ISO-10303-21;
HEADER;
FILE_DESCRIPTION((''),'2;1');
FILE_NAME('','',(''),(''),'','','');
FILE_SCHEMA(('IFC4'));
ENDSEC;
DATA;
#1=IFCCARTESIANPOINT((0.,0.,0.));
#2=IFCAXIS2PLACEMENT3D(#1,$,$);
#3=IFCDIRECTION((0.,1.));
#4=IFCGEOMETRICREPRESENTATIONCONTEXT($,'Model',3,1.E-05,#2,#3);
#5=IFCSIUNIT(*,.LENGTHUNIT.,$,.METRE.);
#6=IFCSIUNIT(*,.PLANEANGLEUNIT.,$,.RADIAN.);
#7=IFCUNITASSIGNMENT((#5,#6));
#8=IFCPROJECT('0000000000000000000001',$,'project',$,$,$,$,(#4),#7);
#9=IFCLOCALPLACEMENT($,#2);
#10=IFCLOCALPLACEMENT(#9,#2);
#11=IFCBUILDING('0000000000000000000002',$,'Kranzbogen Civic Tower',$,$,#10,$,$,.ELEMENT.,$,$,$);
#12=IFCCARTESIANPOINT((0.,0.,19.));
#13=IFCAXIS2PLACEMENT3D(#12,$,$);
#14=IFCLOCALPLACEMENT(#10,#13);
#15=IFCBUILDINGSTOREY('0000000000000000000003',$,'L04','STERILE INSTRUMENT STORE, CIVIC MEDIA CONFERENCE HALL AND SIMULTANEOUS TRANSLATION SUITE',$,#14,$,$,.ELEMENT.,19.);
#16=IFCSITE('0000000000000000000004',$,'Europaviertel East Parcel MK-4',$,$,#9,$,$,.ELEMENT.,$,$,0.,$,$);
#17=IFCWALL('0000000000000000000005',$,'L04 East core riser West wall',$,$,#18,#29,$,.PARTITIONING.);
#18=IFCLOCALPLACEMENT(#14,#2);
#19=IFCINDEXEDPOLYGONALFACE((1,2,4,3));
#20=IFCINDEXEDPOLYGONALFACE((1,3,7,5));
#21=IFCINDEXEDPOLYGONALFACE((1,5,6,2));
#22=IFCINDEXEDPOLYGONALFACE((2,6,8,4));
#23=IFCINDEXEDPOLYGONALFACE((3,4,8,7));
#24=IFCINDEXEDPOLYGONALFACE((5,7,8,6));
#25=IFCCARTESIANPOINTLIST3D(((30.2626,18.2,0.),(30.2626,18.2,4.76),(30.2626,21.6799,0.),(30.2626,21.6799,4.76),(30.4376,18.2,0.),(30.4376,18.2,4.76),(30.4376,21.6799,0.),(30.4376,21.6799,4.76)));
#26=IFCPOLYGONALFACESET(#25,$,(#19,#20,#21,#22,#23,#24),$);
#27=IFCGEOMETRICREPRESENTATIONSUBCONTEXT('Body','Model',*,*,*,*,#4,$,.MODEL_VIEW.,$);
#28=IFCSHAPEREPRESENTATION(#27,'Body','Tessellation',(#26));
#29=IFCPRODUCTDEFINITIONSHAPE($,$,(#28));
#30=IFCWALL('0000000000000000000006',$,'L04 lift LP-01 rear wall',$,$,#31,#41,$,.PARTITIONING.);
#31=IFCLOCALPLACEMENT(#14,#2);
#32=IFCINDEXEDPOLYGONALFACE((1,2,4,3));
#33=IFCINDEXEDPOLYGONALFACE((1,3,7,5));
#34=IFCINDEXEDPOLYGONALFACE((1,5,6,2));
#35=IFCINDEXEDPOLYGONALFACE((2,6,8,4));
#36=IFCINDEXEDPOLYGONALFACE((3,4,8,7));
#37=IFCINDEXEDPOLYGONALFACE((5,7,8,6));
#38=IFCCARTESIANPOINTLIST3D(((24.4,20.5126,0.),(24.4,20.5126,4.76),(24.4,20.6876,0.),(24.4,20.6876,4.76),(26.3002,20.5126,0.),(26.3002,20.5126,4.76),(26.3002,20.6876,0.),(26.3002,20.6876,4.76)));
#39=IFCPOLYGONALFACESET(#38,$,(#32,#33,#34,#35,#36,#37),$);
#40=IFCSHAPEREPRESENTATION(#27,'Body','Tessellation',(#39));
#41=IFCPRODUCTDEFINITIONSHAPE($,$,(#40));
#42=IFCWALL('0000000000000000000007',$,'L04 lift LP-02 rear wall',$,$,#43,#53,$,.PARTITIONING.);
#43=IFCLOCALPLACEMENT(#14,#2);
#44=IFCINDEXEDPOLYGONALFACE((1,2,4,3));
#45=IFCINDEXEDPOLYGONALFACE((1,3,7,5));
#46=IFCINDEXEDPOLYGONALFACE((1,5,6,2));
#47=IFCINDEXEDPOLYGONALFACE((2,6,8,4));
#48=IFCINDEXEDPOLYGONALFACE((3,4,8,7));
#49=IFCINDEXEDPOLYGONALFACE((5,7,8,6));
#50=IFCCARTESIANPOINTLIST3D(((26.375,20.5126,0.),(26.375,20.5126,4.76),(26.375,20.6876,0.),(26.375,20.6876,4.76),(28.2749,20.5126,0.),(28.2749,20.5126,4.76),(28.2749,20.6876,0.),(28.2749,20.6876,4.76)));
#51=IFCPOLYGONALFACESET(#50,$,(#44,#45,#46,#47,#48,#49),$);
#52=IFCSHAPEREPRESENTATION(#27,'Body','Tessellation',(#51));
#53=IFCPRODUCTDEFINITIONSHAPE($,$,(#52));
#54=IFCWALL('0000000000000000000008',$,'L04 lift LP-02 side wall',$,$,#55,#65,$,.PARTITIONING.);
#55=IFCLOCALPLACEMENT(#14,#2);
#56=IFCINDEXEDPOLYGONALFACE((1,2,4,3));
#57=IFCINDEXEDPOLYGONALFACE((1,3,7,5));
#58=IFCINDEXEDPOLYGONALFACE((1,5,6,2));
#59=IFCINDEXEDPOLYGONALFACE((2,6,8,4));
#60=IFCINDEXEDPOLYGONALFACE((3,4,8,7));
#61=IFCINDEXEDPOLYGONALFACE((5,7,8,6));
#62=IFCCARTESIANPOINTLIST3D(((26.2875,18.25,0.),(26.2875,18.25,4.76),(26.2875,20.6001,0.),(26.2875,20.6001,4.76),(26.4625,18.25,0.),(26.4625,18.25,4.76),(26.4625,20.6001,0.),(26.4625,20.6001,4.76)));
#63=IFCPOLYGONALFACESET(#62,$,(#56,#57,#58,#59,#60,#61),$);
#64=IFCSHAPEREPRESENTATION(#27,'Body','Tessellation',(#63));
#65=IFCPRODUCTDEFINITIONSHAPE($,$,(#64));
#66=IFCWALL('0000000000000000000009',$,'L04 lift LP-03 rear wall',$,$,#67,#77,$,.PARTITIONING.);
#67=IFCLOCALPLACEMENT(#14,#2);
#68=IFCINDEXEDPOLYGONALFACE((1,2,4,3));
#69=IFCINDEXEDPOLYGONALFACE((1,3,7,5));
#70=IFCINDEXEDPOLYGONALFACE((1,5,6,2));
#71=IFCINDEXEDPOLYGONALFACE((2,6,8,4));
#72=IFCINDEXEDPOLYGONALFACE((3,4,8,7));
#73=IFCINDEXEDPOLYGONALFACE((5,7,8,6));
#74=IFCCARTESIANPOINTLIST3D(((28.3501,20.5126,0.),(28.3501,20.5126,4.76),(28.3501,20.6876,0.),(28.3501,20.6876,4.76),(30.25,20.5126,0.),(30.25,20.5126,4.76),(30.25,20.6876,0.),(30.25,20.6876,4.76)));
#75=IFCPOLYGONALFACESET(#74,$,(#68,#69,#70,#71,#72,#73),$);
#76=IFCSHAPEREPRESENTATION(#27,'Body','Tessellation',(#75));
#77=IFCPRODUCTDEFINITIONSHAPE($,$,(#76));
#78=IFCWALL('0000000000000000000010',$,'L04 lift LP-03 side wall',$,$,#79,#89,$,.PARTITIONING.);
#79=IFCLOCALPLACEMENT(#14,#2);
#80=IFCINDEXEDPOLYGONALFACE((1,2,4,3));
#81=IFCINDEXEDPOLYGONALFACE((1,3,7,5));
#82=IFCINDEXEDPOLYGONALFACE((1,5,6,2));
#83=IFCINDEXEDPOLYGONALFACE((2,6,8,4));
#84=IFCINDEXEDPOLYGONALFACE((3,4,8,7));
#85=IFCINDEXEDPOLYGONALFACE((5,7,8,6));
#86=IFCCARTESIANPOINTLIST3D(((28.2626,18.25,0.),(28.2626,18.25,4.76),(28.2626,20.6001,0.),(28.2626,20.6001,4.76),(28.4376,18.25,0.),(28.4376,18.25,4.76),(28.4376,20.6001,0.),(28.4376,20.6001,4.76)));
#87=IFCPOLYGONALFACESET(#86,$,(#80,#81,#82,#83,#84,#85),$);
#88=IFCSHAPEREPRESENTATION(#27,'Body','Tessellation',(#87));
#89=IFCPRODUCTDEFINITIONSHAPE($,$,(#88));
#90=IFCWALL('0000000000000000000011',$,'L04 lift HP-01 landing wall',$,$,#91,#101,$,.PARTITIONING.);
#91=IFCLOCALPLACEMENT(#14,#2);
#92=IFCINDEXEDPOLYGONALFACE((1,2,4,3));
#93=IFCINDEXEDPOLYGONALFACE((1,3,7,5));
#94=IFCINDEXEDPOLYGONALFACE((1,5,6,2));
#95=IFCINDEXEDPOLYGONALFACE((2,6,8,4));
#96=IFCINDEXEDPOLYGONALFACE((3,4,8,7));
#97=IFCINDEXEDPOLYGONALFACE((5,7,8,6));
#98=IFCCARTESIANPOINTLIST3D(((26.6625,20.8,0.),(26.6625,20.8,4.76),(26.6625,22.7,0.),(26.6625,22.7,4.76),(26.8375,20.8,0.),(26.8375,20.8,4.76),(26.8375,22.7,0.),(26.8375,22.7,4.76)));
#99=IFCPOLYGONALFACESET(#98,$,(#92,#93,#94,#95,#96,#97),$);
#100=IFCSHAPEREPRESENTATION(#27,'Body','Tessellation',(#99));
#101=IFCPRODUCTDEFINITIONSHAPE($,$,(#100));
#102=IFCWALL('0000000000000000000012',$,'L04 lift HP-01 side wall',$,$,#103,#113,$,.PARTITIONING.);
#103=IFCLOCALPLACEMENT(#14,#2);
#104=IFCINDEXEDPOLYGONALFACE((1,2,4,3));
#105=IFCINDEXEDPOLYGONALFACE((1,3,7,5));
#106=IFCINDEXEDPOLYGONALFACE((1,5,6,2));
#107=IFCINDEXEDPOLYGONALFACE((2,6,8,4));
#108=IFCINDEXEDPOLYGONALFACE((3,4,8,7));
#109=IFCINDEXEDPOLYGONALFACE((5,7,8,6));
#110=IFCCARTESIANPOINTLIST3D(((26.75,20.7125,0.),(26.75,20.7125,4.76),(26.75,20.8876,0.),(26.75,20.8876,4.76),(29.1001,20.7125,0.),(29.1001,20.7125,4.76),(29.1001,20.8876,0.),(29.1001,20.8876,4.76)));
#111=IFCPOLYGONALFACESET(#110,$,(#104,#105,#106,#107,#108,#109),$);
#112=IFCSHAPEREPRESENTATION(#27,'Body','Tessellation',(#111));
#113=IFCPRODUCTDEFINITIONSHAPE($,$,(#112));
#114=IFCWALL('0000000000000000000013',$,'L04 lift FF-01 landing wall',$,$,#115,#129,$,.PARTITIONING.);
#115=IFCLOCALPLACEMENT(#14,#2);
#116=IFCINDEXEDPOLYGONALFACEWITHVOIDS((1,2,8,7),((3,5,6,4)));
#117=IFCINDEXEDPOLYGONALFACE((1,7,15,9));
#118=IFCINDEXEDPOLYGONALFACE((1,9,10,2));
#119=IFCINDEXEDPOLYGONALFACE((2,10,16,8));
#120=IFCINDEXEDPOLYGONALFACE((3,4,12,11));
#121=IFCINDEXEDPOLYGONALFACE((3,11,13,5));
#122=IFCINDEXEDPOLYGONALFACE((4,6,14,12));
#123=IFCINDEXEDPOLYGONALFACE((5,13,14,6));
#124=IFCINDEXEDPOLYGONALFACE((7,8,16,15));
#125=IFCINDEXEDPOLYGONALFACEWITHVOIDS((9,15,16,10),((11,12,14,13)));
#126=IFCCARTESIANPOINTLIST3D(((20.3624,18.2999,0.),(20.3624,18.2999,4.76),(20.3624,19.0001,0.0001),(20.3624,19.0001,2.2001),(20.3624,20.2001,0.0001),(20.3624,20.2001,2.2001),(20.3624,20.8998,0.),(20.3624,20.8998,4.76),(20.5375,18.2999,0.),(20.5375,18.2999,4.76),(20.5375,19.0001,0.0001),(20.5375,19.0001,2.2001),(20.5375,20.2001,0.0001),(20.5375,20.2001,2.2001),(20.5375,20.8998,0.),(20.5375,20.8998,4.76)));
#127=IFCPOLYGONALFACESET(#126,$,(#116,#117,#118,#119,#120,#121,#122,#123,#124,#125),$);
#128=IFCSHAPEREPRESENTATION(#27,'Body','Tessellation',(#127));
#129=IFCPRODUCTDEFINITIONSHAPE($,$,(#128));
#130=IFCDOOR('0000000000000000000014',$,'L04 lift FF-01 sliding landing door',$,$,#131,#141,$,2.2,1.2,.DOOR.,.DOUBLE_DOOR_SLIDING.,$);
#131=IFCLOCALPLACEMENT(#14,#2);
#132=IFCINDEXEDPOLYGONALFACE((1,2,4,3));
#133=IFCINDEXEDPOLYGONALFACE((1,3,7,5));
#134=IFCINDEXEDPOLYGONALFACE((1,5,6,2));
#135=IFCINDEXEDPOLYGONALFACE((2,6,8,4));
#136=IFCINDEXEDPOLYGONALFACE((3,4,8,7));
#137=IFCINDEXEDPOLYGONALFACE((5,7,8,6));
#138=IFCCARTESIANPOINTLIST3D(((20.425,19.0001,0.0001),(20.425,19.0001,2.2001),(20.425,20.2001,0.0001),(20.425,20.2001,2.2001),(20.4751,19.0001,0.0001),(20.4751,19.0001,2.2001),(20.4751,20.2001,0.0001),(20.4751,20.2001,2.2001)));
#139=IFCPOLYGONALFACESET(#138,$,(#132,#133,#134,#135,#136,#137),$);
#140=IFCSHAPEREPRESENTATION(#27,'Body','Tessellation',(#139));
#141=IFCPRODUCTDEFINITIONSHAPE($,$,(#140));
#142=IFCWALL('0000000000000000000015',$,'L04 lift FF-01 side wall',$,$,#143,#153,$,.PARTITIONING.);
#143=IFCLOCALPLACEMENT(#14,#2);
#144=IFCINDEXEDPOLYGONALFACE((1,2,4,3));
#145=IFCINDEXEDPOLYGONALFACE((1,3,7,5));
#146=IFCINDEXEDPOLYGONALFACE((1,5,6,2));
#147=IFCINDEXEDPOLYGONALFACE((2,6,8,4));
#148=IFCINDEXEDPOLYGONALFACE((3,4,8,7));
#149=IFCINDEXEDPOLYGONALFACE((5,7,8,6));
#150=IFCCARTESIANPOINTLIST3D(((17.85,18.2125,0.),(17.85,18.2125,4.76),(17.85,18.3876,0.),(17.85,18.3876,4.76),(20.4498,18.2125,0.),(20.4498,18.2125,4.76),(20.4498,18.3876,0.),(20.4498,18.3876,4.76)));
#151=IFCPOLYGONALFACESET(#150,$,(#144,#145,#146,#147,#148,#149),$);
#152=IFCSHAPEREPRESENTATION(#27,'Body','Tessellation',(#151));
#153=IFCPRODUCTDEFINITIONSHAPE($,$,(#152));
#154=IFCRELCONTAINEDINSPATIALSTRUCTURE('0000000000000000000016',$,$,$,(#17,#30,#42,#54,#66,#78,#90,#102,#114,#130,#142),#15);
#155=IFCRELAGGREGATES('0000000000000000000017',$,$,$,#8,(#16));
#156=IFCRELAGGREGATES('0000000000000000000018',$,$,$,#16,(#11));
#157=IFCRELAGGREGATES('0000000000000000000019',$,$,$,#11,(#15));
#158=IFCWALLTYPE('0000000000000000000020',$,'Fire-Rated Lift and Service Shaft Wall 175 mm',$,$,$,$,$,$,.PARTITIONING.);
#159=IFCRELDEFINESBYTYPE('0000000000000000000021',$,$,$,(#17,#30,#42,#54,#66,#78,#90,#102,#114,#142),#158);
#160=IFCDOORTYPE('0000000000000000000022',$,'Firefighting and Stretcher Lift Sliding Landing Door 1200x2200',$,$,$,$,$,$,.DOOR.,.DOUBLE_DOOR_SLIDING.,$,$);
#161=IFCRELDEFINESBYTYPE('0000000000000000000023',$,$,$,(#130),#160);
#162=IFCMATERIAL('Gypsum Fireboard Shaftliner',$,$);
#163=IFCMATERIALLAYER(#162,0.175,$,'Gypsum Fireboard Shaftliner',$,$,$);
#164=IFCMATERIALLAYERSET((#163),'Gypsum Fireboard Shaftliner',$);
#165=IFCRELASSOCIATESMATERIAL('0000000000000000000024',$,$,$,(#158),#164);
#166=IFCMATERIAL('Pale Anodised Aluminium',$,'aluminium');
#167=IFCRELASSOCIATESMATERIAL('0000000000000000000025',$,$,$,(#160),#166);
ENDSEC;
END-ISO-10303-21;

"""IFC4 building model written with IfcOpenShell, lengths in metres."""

from ifc_helpers import new_model, si_unit, direction, frame, frame_2d, origin, place, context, subcontext, project, spatial, rectangle, extrude, material, layer, layer_set, type_object, element, fill, save


model = new_model("IFC4")

# Units and contexts
model_context = context("Model", 3, precision=1e-05, world=origin(), true_north=direction((0.0, 1.0)))
body_context = subcontext(model_context, "Body", "Model", "MODEL_VIEW")
ifc_project = project(units=[si_unit("LENGTHUNIT", "METRE"), si_unit("PLANEANGLEUNIT", "RADIAN")], contexts=[model_context])

# Site, building, storey
site_placement = place(None, origin())
site = spatial("IfcSite", under=ifc_project, at=site_placement, Name="Europaviertel East Parcel MK-4", CompositionType="ELEMENT", RefElevation=0.0)
building_placement = place(site_placement, origin())
building = spatial("IfcBuilding", under=site, at=building_placement, Name="Kranzbogen Civic Tower", CompositionType="ELEMENT")
storey_placement = place(building_placement, frame((0.0, 0.0, 19.0)))
storey = spatial("IfcBuildingStorey", under=building, at=storey_placement, Name="L04", Description="STERILE INSTRUMENT STORE, CIVIC MEDIA CONFERENCE HALL AND SIMULTANEOUS TRANSLATION SUITE", CompositionType="ELEMENT", Elevation=19.0)

# Walls
ifc_material_1 = material(Name="Gypsum Fireboard Shaftliner")
ifc_layer_1 = layer(ifc_material_1, 0.175, Name="Gypsum Fireboard Shaftliner")
ifc_layer_set_1 = layer_set([ifc_layer_1], Name="Gypsum Fireboard Shaftliner")
wall_type_1 = type_object("IfcWallType", Name="Fire-Rated Lift and Service Shaft Wall 175 mm", PredefinedType="PARTITIONING", material=ifc_layer_set_1)
wall_1_placement = place(storey_placement, frame((30.3501, 18.2, 0.0), z_axis=(0.0, 0.0, 1.0), x_axis=(0.0, 1.0, 0.0)))
element("IfcWall", 1, at=wall_1_placement, inside=storey, type_object=wall_type_1, Name="L04 East core riser West wall", PredefinedType="PARTITIONING", context=body_context, shape_type="SweptSolid", body=[
    extrude(rectangle(XDim=3.48, YDim=0.175, at=frame_2d((1.74, 0.0))), origin(), (0.0, 0.0, 1.0), 4.76),
])
wall_2_placement = place(storey_placement, frame((24.3999, 20.6001, 0.0), z_axis=(0.0, 0.0, 1.0), x_axis=(1.0, 0.0, 0.0)))
element("IfcWall", 2, at=wall_2_placement, inside=storey, type_object=wall_type_1, Name="L04 lift LP-01 rear wall", PredefinedType="PARTITIONING", context=body_context, shape_type="SweptSolid", body=[
    extrude(rectangle(XDim=1.9001, YDim=0.175, at=frame_2d((0.9502, 0.0))), origin(), (0.0, 0.0, 1.0), 4.76),
])
wall_3_placement = place(storey_placement, frame((26.375, 20.6001, 0.0), z_axis=(0.0, 0.0, 1.0), x_axis=(1.0, 0.0, 0.0)))
element("IfcWall", 3, at=wall_3_placement, inside=storey, type_object=wall_type_1, Name="L04 lift LP-02 rear wall", PredefinedType="PARTITIONING", context=body_context, shape_type="SweptSolid", body=[
    extrude(rectangle(XDim=1.8999, YDim=0.175, at=frame_2d((0.95, 0.0))), origin(), (0.0, 0.0, 1.0), 4.76),
])
wall_4_placement = place(storey_placement, frame((26.375, 18.25, 0.0), z_axis=(0.0, 0.0, 1.0), x_axis=(0.0, 1.0, 0.0)))
element("IfcWall", 4, at=wall_4_placement, inside=storey, type_object=wall_type_1, Name="L04 lift LP-02 side wall", PredefinedType="PARTITIONING", context=body_context, shape_type="SweptSolid", body=[
    extrude(rectangle(XDim=2.3501, YDim=0.175, at=frame_2d((1.175, 0.0))), origin(), (0.0, 0.0, 1.0), 4.76),
])
wall_5_placement = place(storey_placement, frame((28.3501, 20.6001, 0.0), z_axis=(0.0, 0.0, 1.0), x_axis=(1.0, 0.0, 0.0)))
element("IfcWall", 5, at=wall_5_placement, inside=storey, type_object=wall_type_1, Name="L04 lift LP-03 rear wall", PredefinedType="PARTITIONING", context=body_context, shape_type="SweptSolid", body=[
    extrude(rectangle(XDim=1.8999, YDim=0.175, at=frame_2d((0.95, 0.0))), origin(), (0.0, 0.0, 1.0), 4.76),
])
wall_6_placement = place(storey_placement, frame((28.3501, 18.25, 0.0), z_axis=(0.0, 0.0, 1.0), x_axis=(0.0, 1.0, 0.0)))
element("IfcWall", 6, at=wall_6_placement, inside=storey, type_object=wall_type_1, Name="L04 lift LP-03 side wall", PredefinedType="PARTITIONING", context=body_context, shape_type="SweptSolid", body=[
    extrude(rectangle(XDim=2.3501, YDim=0.175, at=frame_2d((1.175, 0.0))), origin(), (0.0, 0.0, 1.0), 4.76),
])
wall_7_placement = place(storey_placement, frame((26.75, 20.8, 0.0), z_axis=(0.0, 0.0, 1.0), x_axis=(0.0, 1.0, 0.0)))
element("IfcWall", 7, at=wall_7_placement, inside=storey, type_object=wall_type_1, Name="L04 lift HP-01 landing wall", PredefinedType="PARTITIONING", context=body_context, shape_type="SweptSolid", body=[
    extrude(rectangle(XDim=1.8999, YDim=0.175, at=frame_2d((0.95, 0.0))), origin(), (0.0, 0.0, 1.0), 4.76),
])
wall_8_placement = place(storey_placement, frame((26.75, 20.8, 0.0), z_axis=(0.0, 0.0, 1.0), x_axis=(1.0, 0.0, 0.0)))
element("IfcWall", 8, at=wall_8_placement, inside=storey, type_object=wall_type_1, Name="L04 lift HP-01 side wall", PredefinedType="PARTITIONING", context=body_context, shape_type="SweptSolid", body=[
    extrude(rectangle(XDim=2.3501, YDim=0.175, at=frame_2d((1.175, 0.0))), origin(), (0.0, 0.0, 1.0), 4.76),
])

# Wall, opening, door
wall_9_placement = place(storey_placement, frame((20.45, 18.3, 0.0), z_axis=(0.0, 0.0, 1.0), x_axis=(0.0, 1.0, 0.0)))
wall_9 = element("IfcWall", 9, at=wall_9_placement, inside=storey, type_object=wall_type_1, Name="L04 lift FF-01 landing wall", PredefinedType="PARTITIONING", context=body_context, shape_type="SweptSolid", body=[
    extrude(rectangle(XDim=2.5999, YDim=0.175, at=frame_2d((1.2998, 0.0))), origin(), (0.0, 0.0, 1.0), 4.76),
])
opening_1_placement = place(wall_9_placement, frame((0.7, 0.0, 0.0)))
opening_1 = element("IfcOpeningElement", 10, at=opening_1_placement, cuts=wall_9, PredefinedType="OPENING", context=body_context, shape_type="SweptSolid", body=[
    extrude(rectangle(XDim=1.2, YDim=2.2, at=frame_2d((0.6001, 1.1001))), frame((0.0, 0.0977, 0.0), z_axis=(0.0, -1.0, 0.0), x_axis=(1.0, 0.0, 0.0)), (0.0, 0.0, 1.0), 0.1951),
])
ifc_material_2 = material(Name="Pale Anodised Aluminium", Category="aluminium")
door_type_1 = type_object("IfcDoorType", Name="Firefighting and Stretcher Lift Sliding Landing Door 1200x2200", OperationType="DOUBLE_DOOR_SLIDING", PredefinedType="DOOR", material=ifc_material_2)
door_1_placement = place(opening_1_placement, origin())
door_1 = element("IfcDoor", 11, at=door_1_placement, inside=storey, type_object=door_type_1, Name="L04 lift FF-01 sliding landing door", OperationType="DOUBLE_DOOR_SLIDING", OverallHeight=2.2, OverallWidth=1.2, PredefinedType="DOOR", context=body_context, shape_type="SweptSolid", body=[
    extrude(rectangle(XDim=1.2, YDim=2.2, at=frame_2d((0.6001, 1.1001))), frame((0.0, 0.0249, 0.0), z_axis=(0.0, -1.0, 0.0), x_axis=(1.0, 0.0, 0.0)), (0.0, 0.0, 1.0), 0.05),
])
fill(opening_1, door_1)

# Wall
wall_10_placement = place(storey_placement, frame((17.8501, 18.3, 0.0), z_axis=(0.0, 0.0, 1.0), x_axis=(1.0, 0.0, 0.0)))
element("IfcWall", 12, at=wall_10_placement, inside=storey, type_object=wall_type_1, Name="L04 lift FF-01 side wall", PredefinedType="PARTITIONING", context=body_context, shape_type="SweptSolid", body=[
    extrude(rectangle(XDim=2.5999, YDim=0.175, at=frame_2d((1.2998, 0.0))), origin(), (0.0, 0.0, 1.0), 4.76),
])

save(model, "model.ifc")
